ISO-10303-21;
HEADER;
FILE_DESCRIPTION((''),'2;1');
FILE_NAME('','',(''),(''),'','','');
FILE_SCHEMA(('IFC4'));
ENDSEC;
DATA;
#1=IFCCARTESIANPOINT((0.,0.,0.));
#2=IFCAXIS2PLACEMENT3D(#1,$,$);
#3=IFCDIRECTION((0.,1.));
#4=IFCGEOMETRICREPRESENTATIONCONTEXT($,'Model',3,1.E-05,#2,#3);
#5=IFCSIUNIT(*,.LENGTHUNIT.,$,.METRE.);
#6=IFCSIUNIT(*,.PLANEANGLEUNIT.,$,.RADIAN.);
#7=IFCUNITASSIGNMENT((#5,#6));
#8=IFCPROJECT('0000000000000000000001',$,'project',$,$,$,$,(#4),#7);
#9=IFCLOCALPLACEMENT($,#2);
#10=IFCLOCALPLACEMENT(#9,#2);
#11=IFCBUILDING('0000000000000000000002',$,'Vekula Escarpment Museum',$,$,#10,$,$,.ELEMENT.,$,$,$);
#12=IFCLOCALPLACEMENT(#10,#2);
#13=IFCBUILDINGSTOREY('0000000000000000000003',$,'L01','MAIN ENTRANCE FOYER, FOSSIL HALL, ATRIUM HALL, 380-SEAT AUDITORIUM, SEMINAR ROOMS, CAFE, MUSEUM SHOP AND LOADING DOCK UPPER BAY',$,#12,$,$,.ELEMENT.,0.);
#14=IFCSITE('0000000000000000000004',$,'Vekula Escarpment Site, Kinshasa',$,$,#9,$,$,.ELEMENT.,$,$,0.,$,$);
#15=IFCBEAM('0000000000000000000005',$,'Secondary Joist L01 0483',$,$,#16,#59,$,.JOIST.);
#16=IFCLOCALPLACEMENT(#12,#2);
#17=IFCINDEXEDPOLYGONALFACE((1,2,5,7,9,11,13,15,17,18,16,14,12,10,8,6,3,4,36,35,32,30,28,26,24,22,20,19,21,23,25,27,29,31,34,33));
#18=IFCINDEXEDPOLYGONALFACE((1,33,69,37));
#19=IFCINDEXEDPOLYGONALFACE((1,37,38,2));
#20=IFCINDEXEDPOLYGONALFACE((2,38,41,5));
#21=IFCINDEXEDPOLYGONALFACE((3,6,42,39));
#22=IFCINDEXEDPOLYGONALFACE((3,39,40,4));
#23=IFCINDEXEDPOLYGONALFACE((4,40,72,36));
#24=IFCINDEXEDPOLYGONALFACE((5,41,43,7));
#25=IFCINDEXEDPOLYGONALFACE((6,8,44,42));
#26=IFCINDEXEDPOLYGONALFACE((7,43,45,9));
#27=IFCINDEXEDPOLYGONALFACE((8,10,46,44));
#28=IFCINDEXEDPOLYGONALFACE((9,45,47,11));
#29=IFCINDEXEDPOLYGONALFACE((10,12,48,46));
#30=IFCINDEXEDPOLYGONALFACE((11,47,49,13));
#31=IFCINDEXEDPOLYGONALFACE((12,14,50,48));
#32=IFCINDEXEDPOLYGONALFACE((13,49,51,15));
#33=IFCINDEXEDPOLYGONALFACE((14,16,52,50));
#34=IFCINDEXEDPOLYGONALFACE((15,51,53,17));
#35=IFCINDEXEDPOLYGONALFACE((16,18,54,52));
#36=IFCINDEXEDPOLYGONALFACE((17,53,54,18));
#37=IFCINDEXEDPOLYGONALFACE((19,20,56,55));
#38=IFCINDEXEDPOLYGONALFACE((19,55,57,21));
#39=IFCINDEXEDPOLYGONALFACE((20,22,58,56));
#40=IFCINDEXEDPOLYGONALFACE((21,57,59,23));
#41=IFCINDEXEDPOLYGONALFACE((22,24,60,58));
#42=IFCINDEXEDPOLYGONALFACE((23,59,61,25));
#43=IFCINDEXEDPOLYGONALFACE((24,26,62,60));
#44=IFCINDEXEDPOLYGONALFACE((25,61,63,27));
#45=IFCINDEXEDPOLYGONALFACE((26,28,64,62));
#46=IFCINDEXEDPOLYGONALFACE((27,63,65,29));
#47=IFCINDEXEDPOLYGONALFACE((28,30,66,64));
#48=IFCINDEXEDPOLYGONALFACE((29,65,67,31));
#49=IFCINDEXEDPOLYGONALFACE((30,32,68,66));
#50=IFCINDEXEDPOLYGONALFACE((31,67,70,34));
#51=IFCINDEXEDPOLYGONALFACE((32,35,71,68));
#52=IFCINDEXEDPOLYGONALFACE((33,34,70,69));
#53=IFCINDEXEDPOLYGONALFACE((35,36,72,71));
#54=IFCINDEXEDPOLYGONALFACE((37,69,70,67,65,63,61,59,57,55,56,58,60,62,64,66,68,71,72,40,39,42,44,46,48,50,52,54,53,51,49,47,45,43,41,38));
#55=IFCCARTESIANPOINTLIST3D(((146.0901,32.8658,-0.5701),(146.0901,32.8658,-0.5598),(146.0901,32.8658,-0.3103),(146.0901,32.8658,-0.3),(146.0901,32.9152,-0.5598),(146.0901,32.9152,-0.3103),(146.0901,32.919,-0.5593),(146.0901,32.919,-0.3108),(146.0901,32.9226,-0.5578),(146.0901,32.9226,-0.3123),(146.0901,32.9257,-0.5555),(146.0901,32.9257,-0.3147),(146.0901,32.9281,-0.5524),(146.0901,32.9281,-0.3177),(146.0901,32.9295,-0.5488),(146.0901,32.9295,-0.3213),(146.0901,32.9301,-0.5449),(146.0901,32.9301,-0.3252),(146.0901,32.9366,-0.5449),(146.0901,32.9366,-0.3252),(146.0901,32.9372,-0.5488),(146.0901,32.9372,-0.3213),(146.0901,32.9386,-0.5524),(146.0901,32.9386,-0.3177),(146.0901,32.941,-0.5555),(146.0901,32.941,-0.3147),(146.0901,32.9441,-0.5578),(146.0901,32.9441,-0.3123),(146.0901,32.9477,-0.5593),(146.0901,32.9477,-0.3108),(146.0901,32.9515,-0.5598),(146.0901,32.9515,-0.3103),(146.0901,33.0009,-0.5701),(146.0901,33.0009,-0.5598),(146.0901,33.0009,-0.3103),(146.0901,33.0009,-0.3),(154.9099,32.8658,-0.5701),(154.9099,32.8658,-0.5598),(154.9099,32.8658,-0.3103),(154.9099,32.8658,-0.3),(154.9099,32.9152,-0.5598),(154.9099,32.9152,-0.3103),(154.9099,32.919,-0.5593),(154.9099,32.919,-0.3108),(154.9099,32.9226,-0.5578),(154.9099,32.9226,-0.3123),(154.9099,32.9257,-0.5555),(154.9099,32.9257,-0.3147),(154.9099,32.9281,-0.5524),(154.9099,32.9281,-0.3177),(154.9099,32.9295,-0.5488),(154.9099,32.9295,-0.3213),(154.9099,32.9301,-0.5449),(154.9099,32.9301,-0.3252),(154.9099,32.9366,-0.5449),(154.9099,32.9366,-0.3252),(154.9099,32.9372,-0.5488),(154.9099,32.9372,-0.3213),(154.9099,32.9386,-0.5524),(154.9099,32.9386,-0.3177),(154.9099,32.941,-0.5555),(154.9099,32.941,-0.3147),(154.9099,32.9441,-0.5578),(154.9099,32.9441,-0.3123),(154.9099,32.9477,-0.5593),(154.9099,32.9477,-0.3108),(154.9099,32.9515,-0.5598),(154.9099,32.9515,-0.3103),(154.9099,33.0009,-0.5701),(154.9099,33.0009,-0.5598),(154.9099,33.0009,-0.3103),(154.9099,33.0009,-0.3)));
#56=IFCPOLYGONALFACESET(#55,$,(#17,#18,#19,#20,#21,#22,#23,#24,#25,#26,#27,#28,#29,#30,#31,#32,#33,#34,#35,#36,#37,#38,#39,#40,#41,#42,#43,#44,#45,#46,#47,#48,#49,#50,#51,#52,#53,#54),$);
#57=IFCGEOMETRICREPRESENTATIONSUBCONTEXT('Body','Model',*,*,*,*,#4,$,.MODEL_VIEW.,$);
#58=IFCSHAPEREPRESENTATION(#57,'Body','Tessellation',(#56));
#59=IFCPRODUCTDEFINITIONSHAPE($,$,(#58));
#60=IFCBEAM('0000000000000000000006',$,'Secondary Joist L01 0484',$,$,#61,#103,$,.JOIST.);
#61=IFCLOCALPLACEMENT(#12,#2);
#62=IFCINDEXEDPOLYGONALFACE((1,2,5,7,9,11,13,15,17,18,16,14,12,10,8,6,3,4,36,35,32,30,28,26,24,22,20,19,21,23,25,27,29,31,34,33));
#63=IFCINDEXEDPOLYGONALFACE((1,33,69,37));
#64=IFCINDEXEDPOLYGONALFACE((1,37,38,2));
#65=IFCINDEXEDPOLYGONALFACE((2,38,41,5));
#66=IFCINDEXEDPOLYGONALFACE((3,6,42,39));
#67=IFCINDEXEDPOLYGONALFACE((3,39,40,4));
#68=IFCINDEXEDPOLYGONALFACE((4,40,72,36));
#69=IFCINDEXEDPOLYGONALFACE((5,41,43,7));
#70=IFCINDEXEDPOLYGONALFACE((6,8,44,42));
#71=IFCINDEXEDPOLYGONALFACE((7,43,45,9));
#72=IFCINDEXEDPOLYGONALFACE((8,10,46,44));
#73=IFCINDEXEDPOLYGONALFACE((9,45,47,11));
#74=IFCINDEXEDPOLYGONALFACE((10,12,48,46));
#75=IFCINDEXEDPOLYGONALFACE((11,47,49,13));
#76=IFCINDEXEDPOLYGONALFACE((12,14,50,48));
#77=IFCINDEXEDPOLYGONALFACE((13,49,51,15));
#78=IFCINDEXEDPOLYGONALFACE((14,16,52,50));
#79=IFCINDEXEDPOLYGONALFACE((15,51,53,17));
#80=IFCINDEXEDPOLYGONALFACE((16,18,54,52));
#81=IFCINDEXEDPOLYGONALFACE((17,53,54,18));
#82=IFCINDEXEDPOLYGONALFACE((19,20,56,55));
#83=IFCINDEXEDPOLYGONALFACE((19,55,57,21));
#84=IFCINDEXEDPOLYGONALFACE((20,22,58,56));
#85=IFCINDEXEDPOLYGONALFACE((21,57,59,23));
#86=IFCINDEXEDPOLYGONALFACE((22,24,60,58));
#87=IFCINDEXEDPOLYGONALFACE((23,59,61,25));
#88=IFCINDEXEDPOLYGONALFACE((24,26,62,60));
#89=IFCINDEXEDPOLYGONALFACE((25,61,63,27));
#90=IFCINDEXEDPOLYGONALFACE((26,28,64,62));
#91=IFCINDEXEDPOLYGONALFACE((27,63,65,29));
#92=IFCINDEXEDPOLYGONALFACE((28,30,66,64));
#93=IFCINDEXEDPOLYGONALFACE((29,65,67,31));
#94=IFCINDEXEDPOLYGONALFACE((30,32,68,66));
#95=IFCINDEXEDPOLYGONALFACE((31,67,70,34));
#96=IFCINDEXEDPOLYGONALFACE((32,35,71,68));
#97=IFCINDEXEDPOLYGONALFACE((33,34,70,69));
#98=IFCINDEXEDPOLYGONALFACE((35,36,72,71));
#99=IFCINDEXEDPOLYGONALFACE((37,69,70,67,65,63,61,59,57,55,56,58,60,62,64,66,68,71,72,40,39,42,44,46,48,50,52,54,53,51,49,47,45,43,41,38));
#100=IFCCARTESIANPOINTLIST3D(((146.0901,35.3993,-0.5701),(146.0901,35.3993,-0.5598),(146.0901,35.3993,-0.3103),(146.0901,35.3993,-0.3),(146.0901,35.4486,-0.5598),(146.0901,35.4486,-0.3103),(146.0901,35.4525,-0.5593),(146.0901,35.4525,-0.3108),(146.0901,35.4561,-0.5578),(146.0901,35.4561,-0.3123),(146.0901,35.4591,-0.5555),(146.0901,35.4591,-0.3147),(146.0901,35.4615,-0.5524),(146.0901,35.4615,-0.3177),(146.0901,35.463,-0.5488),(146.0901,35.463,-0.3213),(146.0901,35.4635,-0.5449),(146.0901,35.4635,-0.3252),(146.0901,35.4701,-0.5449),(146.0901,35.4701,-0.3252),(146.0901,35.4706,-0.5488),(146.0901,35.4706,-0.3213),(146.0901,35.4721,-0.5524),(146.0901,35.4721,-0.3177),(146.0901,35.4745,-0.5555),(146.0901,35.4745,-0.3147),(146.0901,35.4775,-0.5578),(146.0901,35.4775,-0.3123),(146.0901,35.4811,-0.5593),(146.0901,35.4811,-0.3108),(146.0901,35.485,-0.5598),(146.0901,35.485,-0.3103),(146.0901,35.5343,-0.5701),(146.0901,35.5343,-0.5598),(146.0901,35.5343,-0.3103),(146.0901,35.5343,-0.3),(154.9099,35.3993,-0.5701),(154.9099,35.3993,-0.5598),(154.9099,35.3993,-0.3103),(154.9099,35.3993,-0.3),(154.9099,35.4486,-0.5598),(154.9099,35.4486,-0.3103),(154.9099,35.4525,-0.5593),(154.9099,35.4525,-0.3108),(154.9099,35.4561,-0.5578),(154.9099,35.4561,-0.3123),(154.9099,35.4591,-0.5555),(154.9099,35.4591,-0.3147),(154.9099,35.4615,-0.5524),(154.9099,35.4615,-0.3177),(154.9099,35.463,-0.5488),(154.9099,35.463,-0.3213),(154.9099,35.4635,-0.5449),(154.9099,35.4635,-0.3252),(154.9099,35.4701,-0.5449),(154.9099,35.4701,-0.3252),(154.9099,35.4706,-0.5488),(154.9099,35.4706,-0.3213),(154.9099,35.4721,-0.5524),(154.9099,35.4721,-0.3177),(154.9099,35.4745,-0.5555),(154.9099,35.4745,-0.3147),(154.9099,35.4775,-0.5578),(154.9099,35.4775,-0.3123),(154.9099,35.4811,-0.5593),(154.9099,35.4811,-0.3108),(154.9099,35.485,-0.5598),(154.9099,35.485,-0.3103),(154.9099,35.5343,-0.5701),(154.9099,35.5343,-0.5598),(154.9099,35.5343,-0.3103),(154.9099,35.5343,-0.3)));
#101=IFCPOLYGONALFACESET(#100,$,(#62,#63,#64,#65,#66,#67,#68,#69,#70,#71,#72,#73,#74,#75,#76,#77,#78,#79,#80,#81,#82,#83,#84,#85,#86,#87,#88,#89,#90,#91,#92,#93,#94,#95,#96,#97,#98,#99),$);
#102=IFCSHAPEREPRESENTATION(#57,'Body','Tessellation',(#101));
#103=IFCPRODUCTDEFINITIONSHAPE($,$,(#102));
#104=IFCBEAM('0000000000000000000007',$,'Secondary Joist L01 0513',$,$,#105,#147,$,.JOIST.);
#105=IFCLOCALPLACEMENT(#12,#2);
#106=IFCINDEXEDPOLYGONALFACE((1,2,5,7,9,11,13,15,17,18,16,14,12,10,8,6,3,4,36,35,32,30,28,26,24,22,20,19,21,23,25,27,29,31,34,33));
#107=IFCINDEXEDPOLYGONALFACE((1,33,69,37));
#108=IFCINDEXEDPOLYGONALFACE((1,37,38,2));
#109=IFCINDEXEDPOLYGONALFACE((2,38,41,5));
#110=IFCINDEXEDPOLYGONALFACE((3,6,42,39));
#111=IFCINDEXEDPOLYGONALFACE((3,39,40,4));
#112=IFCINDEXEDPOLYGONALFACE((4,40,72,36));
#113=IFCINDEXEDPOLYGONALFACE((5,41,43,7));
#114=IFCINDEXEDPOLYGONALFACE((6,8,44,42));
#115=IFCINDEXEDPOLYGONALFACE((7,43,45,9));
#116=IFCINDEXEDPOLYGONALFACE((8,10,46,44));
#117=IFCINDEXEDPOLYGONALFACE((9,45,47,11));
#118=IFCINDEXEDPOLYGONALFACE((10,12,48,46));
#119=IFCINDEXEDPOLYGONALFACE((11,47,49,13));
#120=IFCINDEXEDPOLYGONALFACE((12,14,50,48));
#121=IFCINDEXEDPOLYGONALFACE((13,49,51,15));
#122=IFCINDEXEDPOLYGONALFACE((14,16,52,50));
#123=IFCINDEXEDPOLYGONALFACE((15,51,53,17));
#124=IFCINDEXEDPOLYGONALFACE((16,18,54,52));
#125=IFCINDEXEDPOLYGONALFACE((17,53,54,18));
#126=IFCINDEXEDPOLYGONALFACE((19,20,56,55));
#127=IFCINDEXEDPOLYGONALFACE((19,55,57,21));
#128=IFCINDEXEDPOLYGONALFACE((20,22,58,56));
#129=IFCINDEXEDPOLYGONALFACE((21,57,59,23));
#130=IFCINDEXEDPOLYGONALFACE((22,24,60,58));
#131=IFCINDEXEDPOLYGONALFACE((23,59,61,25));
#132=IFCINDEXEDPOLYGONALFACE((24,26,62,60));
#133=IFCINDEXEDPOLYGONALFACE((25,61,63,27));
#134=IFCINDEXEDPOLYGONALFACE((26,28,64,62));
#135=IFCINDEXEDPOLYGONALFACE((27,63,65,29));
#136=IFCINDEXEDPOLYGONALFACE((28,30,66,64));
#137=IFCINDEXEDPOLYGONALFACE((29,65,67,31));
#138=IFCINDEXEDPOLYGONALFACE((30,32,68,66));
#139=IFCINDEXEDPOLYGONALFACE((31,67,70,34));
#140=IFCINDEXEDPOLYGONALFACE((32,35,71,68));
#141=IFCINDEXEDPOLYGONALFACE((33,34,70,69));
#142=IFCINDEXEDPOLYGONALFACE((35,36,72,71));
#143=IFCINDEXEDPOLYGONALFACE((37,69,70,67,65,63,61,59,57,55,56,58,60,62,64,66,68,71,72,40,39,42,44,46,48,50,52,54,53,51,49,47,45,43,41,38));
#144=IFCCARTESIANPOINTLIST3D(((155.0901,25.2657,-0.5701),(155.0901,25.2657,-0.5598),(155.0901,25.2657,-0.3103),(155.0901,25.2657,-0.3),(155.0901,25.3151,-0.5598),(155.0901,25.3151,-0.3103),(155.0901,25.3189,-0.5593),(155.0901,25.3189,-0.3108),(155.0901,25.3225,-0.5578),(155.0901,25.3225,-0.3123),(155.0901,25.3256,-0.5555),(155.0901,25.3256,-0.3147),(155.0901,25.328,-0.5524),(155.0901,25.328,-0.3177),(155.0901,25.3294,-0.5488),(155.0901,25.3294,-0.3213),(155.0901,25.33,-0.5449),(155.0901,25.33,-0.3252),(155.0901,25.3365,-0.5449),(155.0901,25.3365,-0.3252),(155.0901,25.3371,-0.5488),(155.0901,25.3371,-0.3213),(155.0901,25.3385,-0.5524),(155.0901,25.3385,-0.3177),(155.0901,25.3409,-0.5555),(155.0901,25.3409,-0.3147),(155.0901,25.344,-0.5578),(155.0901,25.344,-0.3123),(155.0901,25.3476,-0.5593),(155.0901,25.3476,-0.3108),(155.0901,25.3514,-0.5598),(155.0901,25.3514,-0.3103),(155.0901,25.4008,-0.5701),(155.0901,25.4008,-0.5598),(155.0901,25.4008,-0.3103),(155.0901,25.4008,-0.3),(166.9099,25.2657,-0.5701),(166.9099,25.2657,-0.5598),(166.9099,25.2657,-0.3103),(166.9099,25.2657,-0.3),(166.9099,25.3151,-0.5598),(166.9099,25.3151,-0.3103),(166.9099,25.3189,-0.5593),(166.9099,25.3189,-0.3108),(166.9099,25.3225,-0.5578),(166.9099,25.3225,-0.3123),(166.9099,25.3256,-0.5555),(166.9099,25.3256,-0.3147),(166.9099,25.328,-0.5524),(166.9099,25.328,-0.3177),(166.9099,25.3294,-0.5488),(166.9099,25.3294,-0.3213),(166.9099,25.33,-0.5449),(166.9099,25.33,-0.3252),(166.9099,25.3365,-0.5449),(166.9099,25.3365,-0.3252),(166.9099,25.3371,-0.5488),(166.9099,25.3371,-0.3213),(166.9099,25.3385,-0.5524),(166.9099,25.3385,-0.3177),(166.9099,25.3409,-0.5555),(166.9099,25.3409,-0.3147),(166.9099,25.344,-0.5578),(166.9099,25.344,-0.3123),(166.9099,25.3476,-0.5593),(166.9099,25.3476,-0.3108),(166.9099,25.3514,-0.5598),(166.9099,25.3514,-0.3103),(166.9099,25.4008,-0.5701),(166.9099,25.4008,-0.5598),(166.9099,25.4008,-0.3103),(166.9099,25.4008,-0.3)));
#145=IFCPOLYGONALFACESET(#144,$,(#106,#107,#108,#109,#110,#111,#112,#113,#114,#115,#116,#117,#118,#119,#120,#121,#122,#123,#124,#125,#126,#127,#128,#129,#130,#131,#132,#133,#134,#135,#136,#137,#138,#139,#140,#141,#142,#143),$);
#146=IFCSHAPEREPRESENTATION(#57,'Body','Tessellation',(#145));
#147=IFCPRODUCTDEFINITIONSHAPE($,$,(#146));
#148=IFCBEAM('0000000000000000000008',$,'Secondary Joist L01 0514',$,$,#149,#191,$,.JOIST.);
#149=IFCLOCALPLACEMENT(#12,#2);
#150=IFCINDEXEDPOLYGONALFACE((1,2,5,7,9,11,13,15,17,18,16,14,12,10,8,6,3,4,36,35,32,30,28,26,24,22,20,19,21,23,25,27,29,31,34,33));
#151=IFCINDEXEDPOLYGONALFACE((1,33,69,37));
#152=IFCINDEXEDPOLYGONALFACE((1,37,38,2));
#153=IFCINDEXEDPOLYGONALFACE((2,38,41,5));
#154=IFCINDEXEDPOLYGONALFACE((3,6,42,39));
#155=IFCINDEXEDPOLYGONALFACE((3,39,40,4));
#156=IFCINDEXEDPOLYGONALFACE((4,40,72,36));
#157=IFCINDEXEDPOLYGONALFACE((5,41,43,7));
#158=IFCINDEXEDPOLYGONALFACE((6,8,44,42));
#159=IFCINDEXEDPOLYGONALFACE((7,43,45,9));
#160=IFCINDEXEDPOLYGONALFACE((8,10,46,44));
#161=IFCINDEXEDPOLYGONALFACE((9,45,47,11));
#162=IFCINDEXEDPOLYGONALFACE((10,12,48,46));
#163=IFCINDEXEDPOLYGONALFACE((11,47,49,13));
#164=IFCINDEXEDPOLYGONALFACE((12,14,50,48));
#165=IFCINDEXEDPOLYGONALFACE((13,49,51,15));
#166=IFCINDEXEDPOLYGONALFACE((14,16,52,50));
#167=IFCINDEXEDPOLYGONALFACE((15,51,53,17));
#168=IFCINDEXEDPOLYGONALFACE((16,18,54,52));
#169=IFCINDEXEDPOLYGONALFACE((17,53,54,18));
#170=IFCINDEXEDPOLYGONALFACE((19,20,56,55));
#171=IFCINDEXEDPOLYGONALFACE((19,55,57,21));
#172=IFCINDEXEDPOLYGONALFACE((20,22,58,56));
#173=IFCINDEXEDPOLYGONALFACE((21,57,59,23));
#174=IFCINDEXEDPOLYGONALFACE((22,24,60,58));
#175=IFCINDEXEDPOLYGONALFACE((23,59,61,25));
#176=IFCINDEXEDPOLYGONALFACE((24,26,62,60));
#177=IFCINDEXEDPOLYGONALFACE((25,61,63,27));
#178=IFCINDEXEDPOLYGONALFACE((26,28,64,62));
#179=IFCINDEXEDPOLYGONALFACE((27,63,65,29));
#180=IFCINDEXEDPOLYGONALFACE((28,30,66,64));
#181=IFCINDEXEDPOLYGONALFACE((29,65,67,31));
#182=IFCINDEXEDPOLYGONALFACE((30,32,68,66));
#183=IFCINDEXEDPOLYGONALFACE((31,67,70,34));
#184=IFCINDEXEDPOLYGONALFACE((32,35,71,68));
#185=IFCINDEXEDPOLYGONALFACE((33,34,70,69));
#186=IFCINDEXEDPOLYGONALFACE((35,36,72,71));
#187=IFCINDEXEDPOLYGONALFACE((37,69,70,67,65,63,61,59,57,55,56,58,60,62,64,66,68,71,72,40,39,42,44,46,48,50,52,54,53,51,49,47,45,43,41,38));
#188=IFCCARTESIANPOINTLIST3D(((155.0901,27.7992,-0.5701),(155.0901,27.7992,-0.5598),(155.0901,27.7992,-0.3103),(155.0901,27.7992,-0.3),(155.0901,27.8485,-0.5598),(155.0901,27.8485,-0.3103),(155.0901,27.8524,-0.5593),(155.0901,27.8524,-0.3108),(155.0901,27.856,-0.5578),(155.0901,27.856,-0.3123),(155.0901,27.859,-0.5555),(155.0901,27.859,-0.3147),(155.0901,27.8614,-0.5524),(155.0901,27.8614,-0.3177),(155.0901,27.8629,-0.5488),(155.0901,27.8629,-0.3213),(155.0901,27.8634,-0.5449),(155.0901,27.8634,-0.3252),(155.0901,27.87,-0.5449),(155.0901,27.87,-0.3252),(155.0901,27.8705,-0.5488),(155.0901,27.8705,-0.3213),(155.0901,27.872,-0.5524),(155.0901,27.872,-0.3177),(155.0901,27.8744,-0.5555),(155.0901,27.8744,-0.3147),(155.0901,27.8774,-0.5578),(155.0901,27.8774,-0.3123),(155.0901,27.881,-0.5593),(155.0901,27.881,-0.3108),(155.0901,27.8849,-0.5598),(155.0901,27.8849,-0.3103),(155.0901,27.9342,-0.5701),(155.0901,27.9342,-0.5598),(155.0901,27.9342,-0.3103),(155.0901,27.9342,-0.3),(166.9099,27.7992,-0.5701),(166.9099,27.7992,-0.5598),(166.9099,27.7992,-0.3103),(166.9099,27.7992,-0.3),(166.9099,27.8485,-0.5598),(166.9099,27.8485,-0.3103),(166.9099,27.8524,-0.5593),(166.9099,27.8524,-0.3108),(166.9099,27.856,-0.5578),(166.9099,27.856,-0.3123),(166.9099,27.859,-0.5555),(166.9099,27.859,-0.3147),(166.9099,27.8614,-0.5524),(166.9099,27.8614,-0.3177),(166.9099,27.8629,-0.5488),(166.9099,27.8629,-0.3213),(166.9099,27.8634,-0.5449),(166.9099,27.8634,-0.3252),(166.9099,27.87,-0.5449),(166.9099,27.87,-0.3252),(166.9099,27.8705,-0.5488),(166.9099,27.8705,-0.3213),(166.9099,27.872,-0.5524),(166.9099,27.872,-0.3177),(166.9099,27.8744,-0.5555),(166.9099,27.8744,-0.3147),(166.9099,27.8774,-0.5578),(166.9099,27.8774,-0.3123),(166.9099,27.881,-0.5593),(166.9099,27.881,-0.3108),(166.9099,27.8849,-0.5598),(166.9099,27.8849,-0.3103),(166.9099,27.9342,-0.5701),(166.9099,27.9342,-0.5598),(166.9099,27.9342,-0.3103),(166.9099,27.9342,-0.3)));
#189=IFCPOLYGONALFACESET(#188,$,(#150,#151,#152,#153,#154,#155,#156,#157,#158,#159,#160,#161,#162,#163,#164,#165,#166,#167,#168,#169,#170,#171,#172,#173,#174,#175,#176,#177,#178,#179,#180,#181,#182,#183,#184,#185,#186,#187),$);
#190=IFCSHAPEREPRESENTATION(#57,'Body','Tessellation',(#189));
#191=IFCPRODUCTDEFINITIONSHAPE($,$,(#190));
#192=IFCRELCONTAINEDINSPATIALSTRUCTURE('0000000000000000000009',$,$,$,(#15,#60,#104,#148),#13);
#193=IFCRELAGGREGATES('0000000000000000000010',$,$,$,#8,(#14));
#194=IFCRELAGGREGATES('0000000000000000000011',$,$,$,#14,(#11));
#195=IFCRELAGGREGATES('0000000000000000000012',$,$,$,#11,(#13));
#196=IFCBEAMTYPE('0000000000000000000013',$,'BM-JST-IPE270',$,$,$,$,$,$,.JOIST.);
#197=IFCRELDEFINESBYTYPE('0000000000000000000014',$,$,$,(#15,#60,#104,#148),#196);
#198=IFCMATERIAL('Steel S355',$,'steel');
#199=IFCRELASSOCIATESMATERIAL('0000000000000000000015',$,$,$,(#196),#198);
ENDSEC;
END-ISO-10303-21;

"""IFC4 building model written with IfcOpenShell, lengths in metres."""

from ifc_helpers import new_model, si_unit, direction, frame, origin, origin_2d, place, context, subcontext, project, spatial, i_section, extrude, material, material_profile, profile_set, type_object, element, save


model = new_model("IFC4")

# Units and contexts
model_context = context("Model", 3, precision=1e-05, world=origin(), true_north=direction((0.0, 1.0)))
body_context = subcontext(model_context, "Body", "Model", "MODEL_VIEW")
ifc_project = project(units=[si_unit("LENGTHUNIT", "METRE"), si_unit("PLANEANGLEUNIT", "RADIAN")], contexts=[model_context])

# Site, building, storey
site_placement = place(None, origin())
site = spatial("IfcSite", under=ifc_project, at=site_placement, Name="Vekula Escarpment Site, Kinshasa", CompositionType="ELEMENT", RefElevation=0.0)
building_placement = place(site_placement, origin())
building = spatial("IfcBuilding", under=site, at=building_placement, Name="Vekula Escarpment Museum", CompositionType="ELEMENT")
storey_placement = place(building_placement, origin())
storey = spatial("IfcBuildingStorey", under=building, at=storey_placement, Name="L01", Description="MAIN ENTRANCE FOYER, FOSSIL HALL, ATRIUM HALL, 380-SEAT AUDITORIUM, SEMINAR ROOMS, CAFE, MUSEUM SHOP AND LOADING DOCK UPPER BAY", CompositionType="ELEMENT", Elevation=0.0)

# Beams
ifc_material_1 = material(Name="Steel S355", Category="steel")
ifc_material_profile_1 = material_profile(ifc_material_1, i_section(OverallWidth=0.135, OverallDepth=0.27, WebThickness=0.0066, FlangeThickness=0.0103, FilletRadius=0.0149, at=origin_2d()), Name="IPE 270")
ifc_profile_set_1 = profile_set([ifc_material_profile_1], Name="Steel S355")
beam_type_1 = type_object("IfcBeamType", Name="BM-JST-IPE270", PredefinedType="JOIST", material=ifc_profile_set_1)
for number, where, z_axis, x_axis, name in (
    (1, (146.0901, 32.9333, -0.4351), (1.0, 0.0, 0.0), (0.0, 1.0, 0.0), "Secondary Joist L01 0483"),
    (2, (146.0901, 35.4668, -0.4351), (1.0, 0.0, 0.0), (0.0, 1.0, 0.0), "Secondary Joist L01 0484"),
):
    element("IfcBeam", number, at=place(storey_placement, frame(where, z_axis=z_axis, x_axis=x_axis)), inside=storey, type_object=beam_type_1, Name=name, PredefinedType="JOIST", context=body_context, shape_type="SweptSolid", body=[
        extrude(i_section(OverallWidth=0.135, OverallDepth=0.27, WebThickness=0.0066, FlangeThickness=0.0103, FilletRadius=0.0149, at=origin_2d()), origin(), (0.0, 0.0, 1.0), 8.8198),
    ])
for number, where, z_axis, x_axis, name in (
    (3, (155.0901, 25.3333, -0.4351), (1.0, 0.0, 0.0), (0.0, 1.0, 0.0), "Secondary Joist L01 0513"),
    (4, (155.0901, 27.8667, -0.4351), (1.0, 0.0, 0.0), (0.0, 1.0, 0.0), "Secondary Joist L01 0514"),
):
    element("IfcBeam", number, at=place(storey_placement, frame(where, z_axis=z_axis, x_axis=x_axis)), inside=storey, type_object=beam_type_1, Name=name, PredefinedType="JOIST", context=body_context, shape_type="SweptSolid", body=[
        extrude(i_section(OverallWidth=0.135, OverallDepth=0.27, WebThickness=0.0066, FlangeThickness=0.0103, FilletRadius=0.0149, at=origin_2d()), origin(), (0.0, 0.0, 1.0), 11.8198),
    ])

save(model, "model.ifc")
